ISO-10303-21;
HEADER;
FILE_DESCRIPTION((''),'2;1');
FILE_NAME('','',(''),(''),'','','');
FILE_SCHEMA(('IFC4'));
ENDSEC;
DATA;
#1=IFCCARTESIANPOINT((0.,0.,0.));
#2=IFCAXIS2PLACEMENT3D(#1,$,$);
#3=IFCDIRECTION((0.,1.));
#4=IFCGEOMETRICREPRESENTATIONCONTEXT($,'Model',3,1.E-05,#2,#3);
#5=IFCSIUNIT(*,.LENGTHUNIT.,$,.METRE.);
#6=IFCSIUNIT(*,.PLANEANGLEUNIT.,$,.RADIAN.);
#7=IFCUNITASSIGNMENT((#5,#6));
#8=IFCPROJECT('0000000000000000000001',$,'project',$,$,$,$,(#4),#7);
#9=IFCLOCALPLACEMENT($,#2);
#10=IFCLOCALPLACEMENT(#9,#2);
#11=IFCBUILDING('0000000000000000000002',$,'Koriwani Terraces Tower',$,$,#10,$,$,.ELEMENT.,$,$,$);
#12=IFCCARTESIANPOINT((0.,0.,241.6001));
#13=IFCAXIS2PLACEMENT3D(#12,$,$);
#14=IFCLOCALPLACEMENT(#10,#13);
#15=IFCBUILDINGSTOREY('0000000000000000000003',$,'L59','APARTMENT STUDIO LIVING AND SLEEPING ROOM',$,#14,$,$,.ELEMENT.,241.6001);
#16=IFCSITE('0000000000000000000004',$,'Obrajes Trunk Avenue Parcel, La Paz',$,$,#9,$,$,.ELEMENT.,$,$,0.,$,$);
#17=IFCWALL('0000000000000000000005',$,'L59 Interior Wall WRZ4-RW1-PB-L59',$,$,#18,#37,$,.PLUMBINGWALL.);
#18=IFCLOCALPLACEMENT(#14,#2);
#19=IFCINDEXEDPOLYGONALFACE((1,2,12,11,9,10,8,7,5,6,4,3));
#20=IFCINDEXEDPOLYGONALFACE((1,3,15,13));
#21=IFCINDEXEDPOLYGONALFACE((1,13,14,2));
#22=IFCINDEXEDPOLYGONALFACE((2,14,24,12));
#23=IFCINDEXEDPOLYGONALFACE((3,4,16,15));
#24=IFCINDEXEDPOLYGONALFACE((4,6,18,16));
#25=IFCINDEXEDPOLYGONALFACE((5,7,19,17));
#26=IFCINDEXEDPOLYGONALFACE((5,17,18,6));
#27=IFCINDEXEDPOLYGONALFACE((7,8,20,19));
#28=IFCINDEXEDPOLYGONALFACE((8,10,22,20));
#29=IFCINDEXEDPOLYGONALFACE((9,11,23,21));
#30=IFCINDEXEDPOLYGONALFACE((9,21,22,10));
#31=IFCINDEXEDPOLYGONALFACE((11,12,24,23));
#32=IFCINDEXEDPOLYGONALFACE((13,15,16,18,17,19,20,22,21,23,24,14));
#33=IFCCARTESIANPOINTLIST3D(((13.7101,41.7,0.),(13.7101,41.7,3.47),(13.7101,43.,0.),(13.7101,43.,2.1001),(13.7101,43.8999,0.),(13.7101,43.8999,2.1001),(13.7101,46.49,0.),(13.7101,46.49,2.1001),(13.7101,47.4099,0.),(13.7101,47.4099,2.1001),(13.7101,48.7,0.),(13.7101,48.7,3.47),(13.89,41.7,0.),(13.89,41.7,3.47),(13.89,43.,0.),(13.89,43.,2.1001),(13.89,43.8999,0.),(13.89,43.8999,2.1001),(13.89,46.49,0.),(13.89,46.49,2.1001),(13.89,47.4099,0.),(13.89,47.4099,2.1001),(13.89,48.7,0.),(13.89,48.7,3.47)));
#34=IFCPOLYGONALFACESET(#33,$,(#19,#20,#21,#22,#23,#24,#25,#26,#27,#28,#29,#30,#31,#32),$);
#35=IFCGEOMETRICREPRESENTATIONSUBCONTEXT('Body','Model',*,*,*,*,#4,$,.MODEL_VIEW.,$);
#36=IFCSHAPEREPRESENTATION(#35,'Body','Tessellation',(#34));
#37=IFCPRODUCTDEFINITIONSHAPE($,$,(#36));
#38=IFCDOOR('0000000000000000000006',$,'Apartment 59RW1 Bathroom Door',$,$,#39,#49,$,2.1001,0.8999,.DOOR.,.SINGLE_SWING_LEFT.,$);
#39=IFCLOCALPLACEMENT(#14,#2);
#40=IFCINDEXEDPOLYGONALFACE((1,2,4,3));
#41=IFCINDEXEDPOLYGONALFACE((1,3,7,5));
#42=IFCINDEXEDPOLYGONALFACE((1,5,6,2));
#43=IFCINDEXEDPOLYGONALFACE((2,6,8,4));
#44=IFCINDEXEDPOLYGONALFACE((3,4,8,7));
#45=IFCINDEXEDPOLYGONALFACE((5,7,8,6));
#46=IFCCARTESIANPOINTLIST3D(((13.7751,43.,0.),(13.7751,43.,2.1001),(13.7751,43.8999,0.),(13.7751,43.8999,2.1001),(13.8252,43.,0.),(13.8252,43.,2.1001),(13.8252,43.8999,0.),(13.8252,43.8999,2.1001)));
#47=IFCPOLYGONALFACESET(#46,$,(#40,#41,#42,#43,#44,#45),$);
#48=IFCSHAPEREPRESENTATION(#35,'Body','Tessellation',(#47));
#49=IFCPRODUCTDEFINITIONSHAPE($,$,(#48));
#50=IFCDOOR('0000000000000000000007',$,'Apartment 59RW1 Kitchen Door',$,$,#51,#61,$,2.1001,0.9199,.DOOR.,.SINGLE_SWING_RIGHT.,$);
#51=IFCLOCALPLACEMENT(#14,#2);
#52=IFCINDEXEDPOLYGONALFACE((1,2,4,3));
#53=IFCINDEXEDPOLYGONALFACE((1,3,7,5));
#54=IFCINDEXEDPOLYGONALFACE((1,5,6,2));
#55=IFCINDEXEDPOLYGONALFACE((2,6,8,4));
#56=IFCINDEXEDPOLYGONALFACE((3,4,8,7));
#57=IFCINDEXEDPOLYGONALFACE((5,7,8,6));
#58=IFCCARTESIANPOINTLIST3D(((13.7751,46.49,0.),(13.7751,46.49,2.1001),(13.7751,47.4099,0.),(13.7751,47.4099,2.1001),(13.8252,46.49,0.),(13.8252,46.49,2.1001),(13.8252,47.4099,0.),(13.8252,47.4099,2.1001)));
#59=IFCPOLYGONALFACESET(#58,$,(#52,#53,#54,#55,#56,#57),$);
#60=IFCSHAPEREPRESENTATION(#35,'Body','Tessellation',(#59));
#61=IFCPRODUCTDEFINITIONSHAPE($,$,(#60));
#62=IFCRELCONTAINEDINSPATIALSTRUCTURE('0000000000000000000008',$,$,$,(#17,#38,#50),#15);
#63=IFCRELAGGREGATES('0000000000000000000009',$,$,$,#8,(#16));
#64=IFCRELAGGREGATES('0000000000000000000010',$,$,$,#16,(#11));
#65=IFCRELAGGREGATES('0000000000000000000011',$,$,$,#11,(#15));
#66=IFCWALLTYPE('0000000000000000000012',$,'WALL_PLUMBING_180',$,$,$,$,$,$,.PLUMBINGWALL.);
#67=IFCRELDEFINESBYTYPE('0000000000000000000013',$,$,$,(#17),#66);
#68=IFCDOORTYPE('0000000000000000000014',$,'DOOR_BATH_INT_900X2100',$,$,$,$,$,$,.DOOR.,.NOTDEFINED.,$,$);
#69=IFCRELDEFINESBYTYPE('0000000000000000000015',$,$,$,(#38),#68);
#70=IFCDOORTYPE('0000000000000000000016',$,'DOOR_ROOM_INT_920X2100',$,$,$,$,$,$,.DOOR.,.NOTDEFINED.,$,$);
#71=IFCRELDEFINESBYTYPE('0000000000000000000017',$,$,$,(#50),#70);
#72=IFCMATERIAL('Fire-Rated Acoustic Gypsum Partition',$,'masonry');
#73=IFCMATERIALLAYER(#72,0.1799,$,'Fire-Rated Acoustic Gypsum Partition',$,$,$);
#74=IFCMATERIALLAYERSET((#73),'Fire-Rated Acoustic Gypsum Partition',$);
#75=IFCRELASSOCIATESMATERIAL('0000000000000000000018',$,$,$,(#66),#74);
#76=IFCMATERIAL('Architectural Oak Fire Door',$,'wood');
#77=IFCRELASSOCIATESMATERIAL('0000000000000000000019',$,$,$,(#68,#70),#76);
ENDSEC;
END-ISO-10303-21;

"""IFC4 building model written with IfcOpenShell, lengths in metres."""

from ifc_helpers import new_model, si_unit, direction, frame, frame_2d, origin, place, context, subcontext, project, spatial, rectangle, extrude, material, layer, layer_set, type_object, element, fill, save


model = new_model("IFC4")

# Units and contexts
model_context = context("Model", 3, precision=1e-05, world=origin(), true_north=direction((0.0, 1.0)))
body_context = subcontext(model_context, "Body", "Model", "MODEL_VIEW")
ifc_project = project(units=[si_unit("LENGTHUNIT", "METRE"), si_unit("PLANEANGLEUNIT", "RADIAN")], contexts=[model_context])

# Site, building, storey
site_placement = place(None, origin())
site = spatial("IfcSite", under=ifc_project, at=site_placement, Name="Obrajes Trunk Avenue Parcel, La Paz", CompositionType="ELEMENT", RefElevation=0.0)
building_placement = place(site_placement, origin())
building = spatial("IfcBuilding", under=site, at=building_placement, Name="Koriwani Terraces Tower", CompositionType="ELEMENT")
storey_placement = place(building_placement, frame((0.0, 0.0, 241.6001)))
storey = spatial("IfcBuildingStorey", under=building, at=storey_placement, Name="L59", Description="APARTMENT STUDIO LIVING AND SLEEPING ROOM", CompositionType="ELEMENT", Elevation=241.6001)

# Shared definitions
ifc_material_1 = material(Name="Architectural Oak Fire Door", Category="wood")

# Wall, openings, doors
ifc_material_2 = material(Name="Fire-Rated Acoustic Gypsum Partition", Category="masonry")
ifc_layer_1 = layer(ifc_material_2, 0.1799, Name="Fire-Rated Acoustic Gypsum Partition")
ifc_layer_set_1 = layer_set([ifc_layer_1], Name="Fire-Rated Acoustic Gypsum Partition")
wall_type_1 = type_object("IfcWallType", Name="WALL_PLUMBING_180", PredefinedType="PLUMBINGWALL", material=ifc_layer_set_1)
wall_1_placement = place(storey_placement, frame((13.8, 41.7, 0.0), z_axis=(0.0, 0.0, 1.0), x_axis=(0.0, 1.0, 0.0)))
wall_1 = element("IfcWall", 1, at=wall_1_placement, inside=storey, type_object=wall_type_1, Name="L59 Interior Wall WRZ4-RW1-PB-L59", PredefinedType="PLUMBINGWALL", context=body_context, shape_type="SweptSolid", body=[
    extrude(rectangle(XDim=7.0, YDim=0.1799, at=frame_2d((3.5, 0.0))), origin(), (0.0, 0.0, 1.0), 3.47),
])
opening_1_placement = place(wall_1_placement, frame((1.3, 0.0, 0.0)))
opening_1 = element("IfcOpeningElement", 2, at=opening_1_placement, cuts=wall_1, PredefinedType="OPENING", context=body_context, shape_type="SweptSolid", body=[
    extrude(rectangle(XDim=0.8999, YDim=2.1001, at=frame_2d((0.45, 1.05))), frame((0.0, 0.1001, 0.0), z_axis=(0.0, -1.0, 0.0), x_axis=(1.0, 0.0, 0.0)), (0.0, 0.0, 1.0), 0.2),
])
opening_2_placement = place(wall_1_placement, frame((4.79, 0.0, 0.0)))
opening_2 = element("IfcOpeningElement", 3, at=opening_2_placement, cuts=wall_1, PredefinedType="OPENING", context=body_context, shape_type="SweptSolid", body=[
    extrude(rectangle(XDim=0.9199, YDim=2.1001, at=frame_2d((0.46, 1.05))), frame((0.0, 0.1001, 0.0), z_axis=(0.0, -1.0, 0.0), x_axis=(1.0, 0.0, 0.0)), (0.0, 0.0, 1.0), 0.2),
])
door_type_1 = type_object("IfcDoorType", Name="DOOR_BATH_INT_900X2100", OperationType="NOTDEFINED", PredefinedType="DOOR", material=ifc_material_1)
door_1_placement = place(opening_1_placement, origin())
door_1 = element("IfcDoor", 4, at=door_1_placement, inside=storey, type_object=door_type_1, Name="Apartment 59RW1 Bathroom Door", OperationType="SINGLE_SWING_LEFT", OverallHeight=2.1001, OverallWidth=0.8999, PredefinedType="DOOR", context=body_context, shape_type="SweptSolid", body=[
    extrude(rectangle(XDim=0.8999, YDim=2.1001, at=frame_2d((0.45, 1.05))), frame((0.0, 0.0249, 0.0), z_axis=(0.0, -1.0, 0.0), x_axis=(1.0, 0.0, 0.0)), (0.0, 0.0, 1.0), 0.05),
])
fill(opening_1, door_1)
door_type_2 = type_object("IfcDoorType", Name="DOOR_ROOM_INT_920X2100", OperationType="NOTDEFINED", PredefinedType="DOOR", material=ifc_material_1)
door_2_placement = place(opening_2_placement, origin())
door_2 = element("IfcDoor", 5, at=door_2_placement, inside=storey, type_object=door_type_2, Name="Apartment 59RW1 Kitchen Door", OperationType="SINGLE_SWING_RIGHT", OverallHeight=2.1001, OverallWidth=0.9199, PredefinedType="DOOR", context=body_context, shape_type="SweptSolid", body=[
    extrude(rectangle(XDim=0.9199, YDim=2.1001, at=frame_2d((0.46, 1.05))), frame((0.0, 0.0249, 0.0), z_axis=(0.0, -1.0, 0.0), x_axis=(1.0, 0.0, 0.0)), (0.0, 0.0, 1.0), 0.05),
])
fill(opening_2, door_2)

save(model, "model.ifc")
